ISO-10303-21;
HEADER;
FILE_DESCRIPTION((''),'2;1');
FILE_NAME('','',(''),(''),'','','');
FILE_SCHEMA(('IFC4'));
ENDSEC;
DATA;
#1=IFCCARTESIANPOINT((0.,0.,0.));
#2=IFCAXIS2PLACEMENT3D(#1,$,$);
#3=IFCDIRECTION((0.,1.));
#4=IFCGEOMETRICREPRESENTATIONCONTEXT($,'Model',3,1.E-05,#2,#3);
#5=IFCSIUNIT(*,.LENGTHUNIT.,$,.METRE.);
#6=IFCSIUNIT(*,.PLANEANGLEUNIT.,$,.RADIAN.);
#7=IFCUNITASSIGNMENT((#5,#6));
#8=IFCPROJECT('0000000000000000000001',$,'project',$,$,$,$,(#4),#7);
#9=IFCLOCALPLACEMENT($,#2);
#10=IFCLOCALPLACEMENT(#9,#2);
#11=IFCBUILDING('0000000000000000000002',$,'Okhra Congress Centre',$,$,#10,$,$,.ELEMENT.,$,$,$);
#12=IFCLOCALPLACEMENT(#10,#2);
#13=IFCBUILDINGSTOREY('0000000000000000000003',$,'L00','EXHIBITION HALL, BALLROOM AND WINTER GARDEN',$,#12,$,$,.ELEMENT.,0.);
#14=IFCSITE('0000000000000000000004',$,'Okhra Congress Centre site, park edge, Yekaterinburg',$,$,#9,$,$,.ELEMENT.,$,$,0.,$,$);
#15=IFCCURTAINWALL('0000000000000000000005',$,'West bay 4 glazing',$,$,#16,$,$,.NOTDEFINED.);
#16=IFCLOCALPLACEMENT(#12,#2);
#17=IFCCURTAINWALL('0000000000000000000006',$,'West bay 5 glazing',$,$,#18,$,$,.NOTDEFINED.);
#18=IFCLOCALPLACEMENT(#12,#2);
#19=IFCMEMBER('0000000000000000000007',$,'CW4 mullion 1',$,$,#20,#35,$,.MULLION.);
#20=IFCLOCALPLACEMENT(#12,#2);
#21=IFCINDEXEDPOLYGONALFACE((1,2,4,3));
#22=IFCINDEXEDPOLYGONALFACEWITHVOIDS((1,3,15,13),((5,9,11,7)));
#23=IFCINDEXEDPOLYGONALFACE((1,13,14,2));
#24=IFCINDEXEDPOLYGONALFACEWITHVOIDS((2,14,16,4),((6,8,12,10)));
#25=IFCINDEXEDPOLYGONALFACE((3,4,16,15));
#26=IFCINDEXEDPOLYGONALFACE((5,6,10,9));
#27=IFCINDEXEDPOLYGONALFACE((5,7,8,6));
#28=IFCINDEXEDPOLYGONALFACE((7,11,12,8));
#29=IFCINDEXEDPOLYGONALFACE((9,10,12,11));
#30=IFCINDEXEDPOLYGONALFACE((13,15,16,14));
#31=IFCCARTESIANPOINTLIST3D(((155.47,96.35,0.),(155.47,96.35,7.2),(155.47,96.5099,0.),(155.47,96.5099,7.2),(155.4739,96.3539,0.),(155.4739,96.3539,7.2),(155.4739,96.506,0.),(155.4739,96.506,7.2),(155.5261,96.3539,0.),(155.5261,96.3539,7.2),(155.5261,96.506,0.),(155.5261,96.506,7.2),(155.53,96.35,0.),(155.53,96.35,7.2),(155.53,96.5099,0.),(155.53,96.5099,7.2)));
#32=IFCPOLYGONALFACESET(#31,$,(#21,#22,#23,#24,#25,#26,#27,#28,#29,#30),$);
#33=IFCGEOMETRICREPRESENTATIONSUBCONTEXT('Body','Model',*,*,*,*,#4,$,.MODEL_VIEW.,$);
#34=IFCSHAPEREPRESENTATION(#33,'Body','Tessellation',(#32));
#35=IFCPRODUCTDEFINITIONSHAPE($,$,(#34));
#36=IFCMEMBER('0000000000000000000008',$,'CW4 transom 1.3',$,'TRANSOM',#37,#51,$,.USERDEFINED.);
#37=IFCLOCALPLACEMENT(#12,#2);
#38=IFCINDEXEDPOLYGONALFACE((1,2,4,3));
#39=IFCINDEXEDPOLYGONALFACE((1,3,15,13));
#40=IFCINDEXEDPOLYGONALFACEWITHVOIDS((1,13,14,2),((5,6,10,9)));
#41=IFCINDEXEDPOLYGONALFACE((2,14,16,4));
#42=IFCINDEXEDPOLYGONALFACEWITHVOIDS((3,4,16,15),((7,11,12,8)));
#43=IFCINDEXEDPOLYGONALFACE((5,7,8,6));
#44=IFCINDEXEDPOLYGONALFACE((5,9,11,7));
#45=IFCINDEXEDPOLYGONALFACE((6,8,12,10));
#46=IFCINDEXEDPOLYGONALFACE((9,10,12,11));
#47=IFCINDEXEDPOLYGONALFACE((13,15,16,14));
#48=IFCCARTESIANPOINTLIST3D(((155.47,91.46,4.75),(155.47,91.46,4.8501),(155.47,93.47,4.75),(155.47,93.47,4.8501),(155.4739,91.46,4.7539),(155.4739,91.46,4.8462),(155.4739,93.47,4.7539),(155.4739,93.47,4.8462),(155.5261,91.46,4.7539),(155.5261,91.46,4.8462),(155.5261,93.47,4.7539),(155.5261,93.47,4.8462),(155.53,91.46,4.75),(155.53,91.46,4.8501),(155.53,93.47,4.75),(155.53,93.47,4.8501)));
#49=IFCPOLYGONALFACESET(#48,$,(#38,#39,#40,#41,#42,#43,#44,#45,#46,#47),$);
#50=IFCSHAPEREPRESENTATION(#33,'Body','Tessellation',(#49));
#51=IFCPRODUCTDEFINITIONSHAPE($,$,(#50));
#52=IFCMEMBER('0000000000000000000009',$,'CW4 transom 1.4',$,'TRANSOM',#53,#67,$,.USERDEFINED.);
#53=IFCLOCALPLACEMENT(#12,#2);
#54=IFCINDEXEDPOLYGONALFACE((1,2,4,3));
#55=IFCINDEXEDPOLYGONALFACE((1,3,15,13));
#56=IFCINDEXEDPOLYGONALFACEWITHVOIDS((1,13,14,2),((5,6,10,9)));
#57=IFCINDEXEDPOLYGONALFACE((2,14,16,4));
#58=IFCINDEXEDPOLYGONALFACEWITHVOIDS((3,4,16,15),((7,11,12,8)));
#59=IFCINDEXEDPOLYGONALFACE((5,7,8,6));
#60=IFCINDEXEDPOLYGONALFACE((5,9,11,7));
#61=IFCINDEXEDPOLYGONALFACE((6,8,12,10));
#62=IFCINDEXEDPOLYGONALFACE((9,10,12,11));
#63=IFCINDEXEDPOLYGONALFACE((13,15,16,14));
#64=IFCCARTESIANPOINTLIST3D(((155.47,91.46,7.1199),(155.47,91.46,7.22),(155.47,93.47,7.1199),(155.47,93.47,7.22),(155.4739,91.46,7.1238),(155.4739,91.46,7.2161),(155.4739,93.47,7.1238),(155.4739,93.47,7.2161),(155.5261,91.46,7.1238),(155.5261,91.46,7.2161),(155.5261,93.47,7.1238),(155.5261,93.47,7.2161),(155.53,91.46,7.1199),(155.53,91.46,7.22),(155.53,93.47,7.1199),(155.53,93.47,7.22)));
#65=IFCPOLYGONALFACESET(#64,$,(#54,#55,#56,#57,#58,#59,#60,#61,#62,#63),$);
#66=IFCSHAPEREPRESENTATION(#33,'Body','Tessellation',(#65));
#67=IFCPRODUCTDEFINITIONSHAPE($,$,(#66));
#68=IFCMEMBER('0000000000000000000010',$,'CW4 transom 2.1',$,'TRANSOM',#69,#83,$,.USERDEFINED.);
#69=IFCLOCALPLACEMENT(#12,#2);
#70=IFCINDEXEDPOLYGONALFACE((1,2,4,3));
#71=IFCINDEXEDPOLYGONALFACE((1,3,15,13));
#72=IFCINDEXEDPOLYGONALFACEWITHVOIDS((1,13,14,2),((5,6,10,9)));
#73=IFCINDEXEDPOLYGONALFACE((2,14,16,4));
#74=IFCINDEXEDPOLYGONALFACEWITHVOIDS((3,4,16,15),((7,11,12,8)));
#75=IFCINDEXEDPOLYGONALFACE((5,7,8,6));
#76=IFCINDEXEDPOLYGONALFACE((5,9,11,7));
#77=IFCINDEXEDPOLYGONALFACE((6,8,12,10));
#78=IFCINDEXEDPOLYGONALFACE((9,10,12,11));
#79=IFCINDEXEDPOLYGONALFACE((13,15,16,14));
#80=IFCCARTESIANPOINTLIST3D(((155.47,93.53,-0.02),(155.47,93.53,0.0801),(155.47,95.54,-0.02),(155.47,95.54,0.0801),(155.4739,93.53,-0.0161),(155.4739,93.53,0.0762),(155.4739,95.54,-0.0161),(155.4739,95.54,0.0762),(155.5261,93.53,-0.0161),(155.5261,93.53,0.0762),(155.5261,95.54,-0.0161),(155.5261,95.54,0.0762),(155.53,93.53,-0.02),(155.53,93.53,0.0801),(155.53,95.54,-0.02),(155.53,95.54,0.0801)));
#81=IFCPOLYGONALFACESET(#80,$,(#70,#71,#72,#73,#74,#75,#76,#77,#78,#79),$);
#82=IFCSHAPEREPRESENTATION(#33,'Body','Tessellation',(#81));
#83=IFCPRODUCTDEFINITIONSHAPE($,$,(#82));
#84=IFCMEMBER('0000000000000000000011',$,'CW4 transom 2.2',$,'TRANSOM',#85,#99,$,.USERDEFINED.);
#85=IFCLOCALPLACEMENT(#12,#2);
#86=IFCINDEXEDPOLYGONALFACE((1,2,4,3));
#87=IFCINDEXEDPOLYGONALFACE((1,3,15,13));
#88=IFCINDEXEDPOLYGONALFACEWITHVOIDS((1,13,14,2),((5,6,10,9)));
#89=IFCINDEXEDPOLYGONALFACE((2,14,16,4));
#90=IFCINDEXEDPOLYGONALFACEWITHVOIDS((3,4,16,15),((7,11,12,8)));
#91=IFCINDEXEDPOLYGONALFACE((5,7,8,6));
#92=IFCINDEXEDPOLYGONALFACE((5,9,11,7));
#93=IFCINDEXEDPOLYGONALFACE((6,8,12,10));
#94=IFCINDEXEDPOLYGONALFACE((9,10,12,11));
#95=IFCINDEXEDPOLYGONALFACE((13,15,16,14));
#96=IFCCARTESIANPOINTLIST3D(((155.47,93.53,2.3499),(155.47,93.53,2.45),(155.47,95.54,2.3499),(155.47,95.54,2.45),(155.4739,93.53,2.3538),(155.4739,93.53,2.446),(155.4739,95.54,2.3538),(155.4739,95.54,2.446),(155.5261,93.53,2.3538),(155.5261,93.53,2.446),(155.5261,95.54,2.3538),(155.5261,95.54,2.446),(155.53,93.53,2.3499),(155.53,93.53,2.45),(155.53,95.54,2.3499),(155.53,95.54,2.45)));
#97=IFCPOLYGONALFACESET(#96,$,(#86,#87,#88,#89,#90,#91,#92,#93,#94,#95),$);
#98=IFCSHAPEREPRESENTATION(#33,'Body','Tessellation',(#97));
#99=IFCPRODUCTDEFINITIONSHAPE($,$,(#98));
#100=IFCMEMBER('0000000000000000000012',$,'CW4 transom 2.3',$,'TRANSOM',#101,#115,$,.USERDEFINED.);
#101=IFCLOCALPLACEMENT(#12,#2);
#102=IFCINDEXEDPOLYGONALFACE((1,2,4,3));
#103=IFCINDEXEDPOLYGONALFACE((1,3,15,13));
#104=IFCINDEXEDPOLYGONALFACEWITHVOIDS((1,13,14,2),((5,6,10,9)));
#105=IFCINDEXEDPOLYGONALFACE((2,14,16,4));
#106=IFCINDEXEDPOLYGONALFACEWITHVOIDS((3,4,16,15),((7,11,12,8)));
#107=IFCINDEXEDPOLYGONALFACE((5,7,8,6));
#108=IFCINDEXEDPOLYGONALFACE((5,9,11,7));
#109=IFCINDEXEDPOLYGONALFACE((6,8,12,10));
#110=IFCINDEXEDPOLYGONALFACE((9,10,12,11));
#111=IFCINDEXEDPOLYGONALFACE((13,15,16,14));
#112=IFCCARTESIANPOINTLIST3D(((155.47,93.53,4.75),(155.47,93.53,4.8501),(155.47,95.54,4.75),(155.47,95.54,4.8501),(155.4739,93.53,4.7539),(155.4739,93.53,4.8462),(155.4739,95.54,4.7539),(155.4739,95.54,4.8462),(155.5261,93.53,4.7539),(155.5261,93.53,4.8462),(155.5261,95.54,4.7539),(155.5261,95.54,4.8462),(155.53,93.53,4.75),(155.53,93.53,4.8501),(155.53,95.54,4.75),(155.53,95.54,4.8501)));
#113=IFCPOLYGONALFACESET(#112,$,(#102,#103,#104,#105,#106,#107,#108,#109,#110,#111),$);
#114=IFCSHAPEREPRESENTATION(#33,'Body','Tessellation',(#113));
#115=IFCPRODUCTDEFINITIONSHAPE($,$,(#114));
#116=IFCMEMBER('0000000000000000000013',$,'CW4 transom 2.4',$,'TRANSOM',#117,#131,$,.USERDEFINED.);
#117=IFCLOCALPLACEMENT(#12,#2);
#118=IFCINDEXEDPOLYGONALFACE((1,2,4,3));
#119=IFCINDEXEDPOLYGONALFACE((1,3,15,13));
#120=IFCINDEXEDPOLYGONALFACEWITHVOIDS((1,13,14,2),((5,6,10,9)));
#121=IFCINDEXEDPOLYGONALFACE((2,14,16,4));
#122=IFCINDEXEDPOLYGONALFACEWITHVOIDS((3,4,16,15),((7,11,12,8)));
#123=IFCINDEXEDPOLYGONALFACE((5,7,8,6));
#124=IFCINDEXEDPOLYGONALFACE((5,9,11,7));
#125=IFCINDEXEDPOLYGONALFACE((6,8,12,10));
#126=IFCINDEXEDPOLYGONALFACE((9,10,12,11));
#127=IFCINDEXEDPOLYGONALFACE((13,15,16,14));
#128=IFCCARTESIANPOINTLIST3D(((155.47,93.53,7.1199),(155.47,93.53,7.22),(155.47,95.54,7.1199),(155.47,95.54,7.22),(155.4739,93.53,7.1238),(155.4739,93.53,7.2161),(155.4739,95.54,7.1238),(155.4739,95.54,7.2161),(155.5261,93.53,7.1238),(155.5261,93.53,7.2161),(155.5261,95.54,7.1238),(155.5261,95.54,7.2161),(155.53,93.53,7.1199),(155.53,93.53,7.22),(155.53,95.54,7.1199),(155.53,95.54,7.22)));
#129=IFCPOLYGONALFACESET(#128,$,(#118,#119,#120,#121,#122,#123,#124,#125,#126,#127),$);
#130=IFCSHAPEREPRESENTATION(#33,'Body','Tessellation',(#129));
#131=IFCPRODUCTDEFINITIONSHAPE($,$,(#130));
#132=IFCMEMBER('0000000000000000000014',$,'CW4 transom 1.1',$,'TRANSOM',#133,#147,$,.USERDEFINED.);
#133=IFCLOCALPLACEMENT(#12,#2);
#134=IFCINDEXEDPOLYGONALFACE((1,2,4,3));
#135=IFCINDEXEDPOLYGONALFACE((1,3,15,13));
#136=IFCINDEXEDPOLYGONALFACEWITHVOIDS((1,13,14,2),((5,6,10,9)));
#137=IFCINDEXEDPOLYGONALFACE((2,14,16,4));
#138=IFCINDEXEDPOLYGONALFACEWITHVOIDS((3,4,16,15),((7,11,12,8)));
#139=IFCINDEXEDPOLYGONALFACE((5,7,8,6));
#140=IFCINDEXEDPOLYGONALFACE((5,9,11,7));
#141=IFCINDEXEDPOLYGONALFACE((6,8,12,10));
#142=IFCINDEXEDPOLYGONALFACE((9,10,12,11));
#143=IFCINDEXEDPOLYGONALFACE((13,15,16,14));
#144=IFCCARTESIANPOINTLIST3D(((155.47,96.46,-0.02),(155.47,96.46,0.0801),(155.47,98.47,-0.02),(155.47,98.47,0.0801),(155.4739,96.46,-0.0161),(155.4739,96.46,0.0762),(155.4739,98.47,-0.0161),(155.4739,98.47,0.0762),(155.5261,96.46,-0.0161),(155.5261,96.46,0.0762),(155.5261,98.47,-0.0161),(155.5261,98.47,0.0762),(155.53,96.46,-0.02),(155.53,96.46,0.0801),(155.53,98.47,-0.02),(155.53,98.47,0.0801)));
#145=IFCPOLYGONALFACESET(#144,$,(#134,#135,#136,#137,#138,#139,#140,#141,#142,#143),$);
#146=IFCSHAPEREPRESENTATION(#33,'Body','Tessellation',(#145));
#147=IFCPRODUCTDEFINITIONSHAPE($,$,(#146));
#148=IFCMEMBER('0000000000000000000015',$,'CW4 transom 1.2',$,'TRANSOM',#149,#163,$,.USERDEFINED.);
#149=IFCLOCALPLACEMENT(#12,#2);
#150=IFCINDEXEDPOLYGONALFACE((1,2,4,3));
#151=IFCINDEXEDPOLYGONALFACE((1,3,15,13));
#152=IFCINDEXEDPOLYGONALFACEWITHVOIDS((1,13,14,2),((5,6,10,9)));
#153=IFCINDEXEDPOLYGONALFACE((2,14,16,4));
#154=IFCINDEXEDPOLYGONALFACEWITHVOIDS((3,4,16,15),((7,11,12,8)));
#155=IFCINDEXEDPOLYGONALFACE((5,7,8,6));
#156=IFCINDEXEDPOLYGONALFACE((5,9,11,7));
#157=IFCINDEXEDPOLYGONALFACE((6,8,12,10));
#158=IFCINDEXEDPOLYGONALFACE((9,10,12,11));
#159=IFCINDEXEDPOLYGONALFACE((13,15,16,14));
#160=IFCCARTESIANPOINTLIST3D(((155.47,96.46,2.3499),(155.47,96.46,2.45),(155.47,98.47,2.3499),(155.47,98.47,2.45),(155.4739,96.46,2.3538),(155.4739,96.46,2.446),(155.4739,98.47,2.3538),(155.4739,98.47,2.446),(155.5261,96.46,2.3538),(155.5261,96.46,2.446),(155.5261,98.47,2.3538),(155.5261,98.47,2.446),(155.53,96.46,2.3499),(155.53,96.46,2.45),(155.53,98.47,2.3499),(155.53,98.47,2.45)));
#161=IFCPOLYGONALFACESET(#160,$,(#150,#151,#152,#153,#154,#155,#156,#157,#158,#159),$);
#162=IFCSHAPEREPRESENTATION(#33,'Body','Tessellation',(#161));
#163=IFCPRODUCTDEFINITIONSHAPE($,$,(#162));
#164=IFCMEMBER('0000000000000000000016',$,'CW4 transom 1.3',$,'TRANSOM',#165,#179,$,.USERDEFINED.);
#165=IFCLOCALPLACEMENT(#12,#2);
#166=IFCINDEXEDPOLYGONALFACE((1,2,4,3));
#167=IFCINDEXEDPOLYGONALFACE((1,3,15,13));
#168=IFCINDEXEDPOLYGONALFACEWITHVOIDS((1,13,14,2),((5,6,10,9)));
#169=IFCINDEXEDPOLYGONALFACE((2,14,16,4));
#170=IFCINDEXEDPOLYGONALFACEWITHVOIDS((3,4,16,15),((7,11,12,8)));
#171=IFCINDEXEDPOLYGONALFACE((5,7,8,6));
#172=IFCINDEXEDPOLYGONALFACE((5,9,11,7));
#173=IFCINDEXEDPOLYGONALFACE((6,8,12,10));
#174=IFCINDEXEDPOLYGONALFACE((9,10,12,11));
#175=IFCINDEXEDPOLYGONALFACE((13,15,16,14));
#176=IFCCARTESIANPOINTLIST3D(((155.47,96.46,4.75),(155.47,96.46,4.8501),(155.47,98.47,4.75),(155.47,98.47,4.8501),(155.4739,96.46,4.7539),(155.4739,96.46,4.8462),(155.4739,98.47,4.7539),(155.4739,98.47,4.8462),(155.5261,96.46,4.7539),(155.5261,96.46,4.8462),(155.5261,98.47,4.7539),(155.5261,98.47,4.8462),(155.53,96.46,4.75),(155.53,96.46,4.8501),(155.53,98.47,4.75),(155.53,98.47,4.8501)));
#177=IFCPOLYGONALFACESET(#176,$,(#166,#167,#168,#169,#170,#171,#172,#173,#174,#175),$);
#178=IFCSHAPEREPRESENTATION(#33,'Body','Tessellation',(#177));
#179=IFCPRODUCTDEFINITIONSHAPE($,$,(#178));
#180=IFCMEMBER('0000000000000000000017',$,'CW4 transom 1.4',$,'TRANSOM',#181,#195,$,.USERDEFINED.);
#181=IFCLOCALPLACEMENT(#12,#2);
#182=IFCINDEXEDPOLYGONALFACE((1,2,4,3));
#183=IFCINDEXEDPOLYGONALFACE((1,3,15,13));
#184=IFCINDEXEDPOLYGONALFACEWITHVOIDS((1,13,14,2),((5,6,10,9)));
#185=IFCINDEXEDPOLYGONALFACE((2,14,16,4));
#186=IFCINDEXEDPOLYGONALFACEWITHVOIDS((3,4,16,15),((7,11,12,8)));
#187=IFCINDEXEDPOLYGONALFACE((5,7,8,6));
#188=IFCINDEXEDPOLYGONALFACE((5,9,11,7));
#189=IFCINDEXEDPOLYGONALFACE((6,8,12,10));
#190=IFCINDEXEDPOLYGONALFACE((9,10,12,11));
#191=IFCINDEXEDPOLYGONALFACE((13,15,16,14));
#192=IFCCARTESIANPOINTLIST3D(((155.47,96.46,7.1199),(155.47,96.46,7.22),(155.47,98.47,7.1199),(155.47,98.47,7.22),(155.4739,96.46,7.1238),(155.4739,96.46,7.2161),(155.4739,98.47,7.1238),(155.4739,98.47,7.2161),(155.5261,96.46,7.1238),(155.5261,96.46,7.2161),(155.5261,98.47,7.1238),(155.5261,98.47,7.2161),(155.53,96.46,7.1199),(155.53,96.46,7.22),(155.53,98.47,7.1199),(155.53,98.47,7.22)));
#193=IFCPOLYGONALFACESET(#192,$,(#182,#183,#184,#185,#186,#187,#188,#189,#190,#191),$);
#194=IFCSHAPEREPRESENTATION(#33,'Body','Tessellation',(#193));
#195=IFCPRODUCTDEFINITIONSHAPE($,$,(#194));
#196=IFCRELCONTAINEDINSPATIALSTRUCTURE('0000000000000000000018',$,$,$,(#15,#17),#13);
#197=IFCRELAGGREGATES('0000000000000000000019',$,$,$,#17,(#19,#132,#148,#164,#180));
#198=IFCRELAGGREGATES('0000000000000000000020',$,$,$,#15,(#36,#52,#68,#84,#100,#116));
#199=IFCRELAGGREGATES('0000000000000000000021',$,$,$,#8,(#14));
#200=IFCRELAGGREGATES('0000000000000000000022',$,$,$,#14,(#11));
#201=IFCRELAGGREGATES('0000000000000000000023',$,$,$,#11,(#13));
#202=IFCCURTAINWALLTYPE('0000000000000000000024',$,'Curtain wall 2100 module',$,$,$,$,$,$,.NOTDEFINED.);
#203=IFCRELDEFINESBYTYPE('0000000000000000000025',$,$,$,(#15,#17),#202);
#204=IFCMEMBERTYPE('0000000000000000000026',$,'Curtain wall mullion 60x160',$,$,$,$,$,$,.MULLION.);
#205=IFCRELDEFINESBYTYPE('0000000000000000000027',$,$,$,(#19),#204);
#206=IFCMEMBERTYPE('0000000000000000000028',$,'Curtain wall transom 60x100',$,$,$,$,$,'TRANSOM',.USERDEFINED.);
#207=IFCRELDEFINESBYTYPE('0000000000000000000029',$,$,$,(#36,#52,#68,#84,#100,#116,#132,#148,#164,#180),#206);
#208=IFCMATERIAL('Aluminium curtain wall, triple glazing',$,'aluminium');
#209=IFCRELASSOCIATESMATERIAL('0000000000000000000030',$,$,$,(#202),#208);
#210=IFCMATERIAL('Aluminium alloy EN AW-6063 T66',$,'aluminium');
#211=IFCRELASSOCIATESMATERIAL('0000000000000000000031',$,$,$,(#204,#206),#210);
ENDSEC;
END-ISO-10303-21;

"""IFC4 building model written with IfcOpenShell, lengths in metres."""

from ifc_helpers import new_model, si_unit, direction, frame, origin, origin_2d, place, context, subcontext, project, spatial, hollow_rectangle, extrude, material, material_profile, profile_set, type_object, element, aggregate, save


model = new_model("IFC4")

# Units and contexts
model_context = context("Model", 3, precision=1e-05, world=origin(), true_north=direction((0.0, 1.0)))
body_context = subcontext(model_context, "Body", "Model", "MODEL_VIEW")
ifc_project = project(units=[si_unit("LENGTHUNIT", "METRE"), si_unit("PLANEANGLEUNIT", "RADIAN")], contexts=[model_context])

# Site, building, storey
site_placement = place(None, origin())
site = spatial("IfcSite", under=ifc_project, at=site_placement, Name="Okhra Congress Centre site, park edge, Yekaterinburg", CompositionType="ELEMENT", RefElevation=0.0)
building_placement = place(site_placement, origin())
building = spatial("IfcBuilding", under=site, at=building_placement, Name="Okhra Congress Centre", CompositionType="ELEMENT")
storey_placement = place(building_placement, origin())
storey = spatial("IfcBuildingStorey", under=building, at=storey_placement, Name="L00", Description="EXHIBITION HALL, BALLROOM AND WINTER GARDEN", CompositionType="ELEMENT", Elevation=0.0)

# Curtain wall
ifc_material_1 = material(Name="Aluminium curtain wall, triple glazing", Category="aluminium")
curtain_wall_type = type_object("IfcCurtainWallType", Name="Curtain wall 2100 module", PredefinedType="NOTDEFINED", material=ifc_material_1)
curtain_wall_1_placement = place(storey_placement, origin())
curtain_wall_1 = element("IfcCurtainWall", 1, at=curtain_wall_1_placement, inside=storey, type_object=curtain_wall_type, Name="West bay 4 glazing", PredefinedType="NOTDEFINED")
ifc_material_2 = material(Name="Aluminium alloy EN AW-6063 T66", Category="aluminium")
ifc_material_profile_1 = material_profile(ifc_material_2, hollow_rectangle(XDim=0.0601, YDim=0.1599, WallThickness=0.0039, at=origin_2d()), Name="RHS 60x160x4")
ifc_profile_set_1 = profile_set([ifc_material_profile_1], Name="Aluminium alloy EN AW-6063 T66")
member_type_1 = type_object("IfcMemberType", Name="Curtain wall mullion 60x160", PredefinedType="MULLION", material=ifc_profile_set_1)

# Curtain wall, member
curtain_wall_2_placement = place(storey_placement, origin())
curtain_wall_2 = element("IfcCurtainWall", 2, at=curtain_wall_2_placement, inside=storey, type_object=curtain_wall_type, Name="West bay 5 glazing", PredefinedType="NOTDEFINED")
member_1_placement = place(storey_placement, frame((155.5, 96.4299, 0.0), z_axis=(0.0, 0.0, 1.0), x_axis=(-1.0, 0.0, 0.0)))
member_1 = element("IfcMember", 3, at=member_1_placement, type_object=member_type_1, Name="CW4 mullion 1", PredefinedType="MULLION", context=body_context, shape_type="SweptSolid", body=[
    extrude(hollow_rectangle(XDim=0.0601, YDim=0.1599, WallThickness=0.0039, at=origin_2d()), origin(), (0.0, 0.0, 1.0), 7.2),
])

# Members
ifc_material_profile_2 = material_profile(ifc_material_2, hollow_rectangle(XDim=0.0601, YDim=0.1001, WallThickness=0.0039, at=origin_2d()), Name="RHS 60x100x4")
ifc_profile_set_2 = profile_set([ifc_material_profile_2], Name="Aluminium alloy EN AW-6063 T66")
member_type_2 = type_object("IfcMemberType", Name="Curtain wall transom 60x100", ElementType="TRANSOM", PredefinedType="USERDEFINED", material=ifc_profile_set_2)
member_2_placement = place(storey_placement, frame((155.5, 91.46, 4.8), z_axis=(0.0, 1.0, 0.0), x_axis=(-1.0, 0.0, 0.0)))
member_2 = element("IfcMember", 4, at=member_2_placement, type_object=member_type_2, Name="CW4 transom 1.3", ObjectType="TRANSOM", PredefinedType="USERDEFINED", context=body_context, shape_type="SweptSolid", body=[
    extrude(hollow_rectangle(XDim=0.0601, YDim=0.1001, WallThickness=0.0039, at=origin_2d()), origin(), (0.0, 0.0, 1.0), 2.01),
])
member_3_placement = place(storey_placement, frame((155.5, 91.46, 7.1699), z_axis=(0.0, 1.0, 0.0), x_axis=(-1.0, 0.0, 0.0)))
member_3 = element("IfcMember", 5, at=member_3_placement, type_object=member_type_2, Name="CW4 transom 1.4", ObjectType="TRANSOM", PredefinedType="USERDEFINED", context=body_context, shape_type="SweptSolid", body=[
    extrude(hollow_rectangle(XDim=0.0601, YDim=0.1001, WallThickness=0.0039, at=origin_2d()), origin(), (0.0, 0.0, 1.0), 2.01),
])
member_4_placement = place(storey_placement, frame((155.5, 93.53, 0.03), z_axis=(0.0, 1.0, 0.0), x_axis=(-1.0, 0.0, 0.0)))
member_4 = element("IfcMember", 6, at=member_4_placement, type_object=member_type_2, Name="CW4 transom 2.1", ObjectType="TRANSOM", PredefinedType="USERDEFINED", context=body_context, shape_type="SweptSolid", body=[
    extrude(hollow_rectangle(XDim=0.0601, YDim=0.1001, WallThickness=0.0039, at=origin_2d()), origin(), (0.0, 0.0, 1.0), 2.01),
])
member_5_placement = place(storey_placement, frame((155.5, 93.53, 2.3999), z_axis=(0.0, 1.0, 0.0), x_axis=(-1.0, 0.0, 0.0)))
member_5 = element("IfcMember", 7, at=member_5_placement, type_object=member_type_2, Name="CW4 transom 2.2", ObjectType="TRANSOM", PredefinedType="USERDEFINED", context=body_context, shape_type="SweptSolid", body=[
    extrude(hollow_rectangle(XDim=0.0601, YDim=0.1001, WallThickness=0.0039, at=origin_2d()), origin(), (0.0, 0.0, 1.0), 2.01),
])
member_6_placement = place(storey_placement, frame((155.5, 93.53, 4.8), z_axis=(0.0, 1.0, 0.0), x_axis=(-1.0, 0.0, 0.0)))
member_6 = element("IfcMember", 8, at=member_6_placement, type_object=member_type_2, Name="CW4 transom 2.3", ObjectType="TRANSOM", PredefinedType="USERDEFINED", context=body_context, shape_type="SweptSolid", body=[
    extrude(hollow_rectangle(XDim=0.0601, YDim=0.1001, WallThickness=0.0039, at=origin_2d()), origin(), (0.0, 0.0, 1.0), 2.01),
])
member_7_placement = place(storey_placement, frame((155.5, 93.53, 7.1699), z_axis=(0.0, 1.0, 0.0), x_axis=(-1.0, 0.0, 0.0)))
member_7 = element("IfcMember", 9, at=member_7_placement, type_object=member_type_2, Name="CW4 transom 2.4", ObjectType="TRANSOM", PredefinedType="USERDEFINED", context=body_context, shape_type="SweptSolid", body=[
    extrude(hollow_rectangle(XDim=0.0601, YDim=0.1001, WallThickness=0.0039, at=origin_2d()), origin(), (0.0, 0.0, 1.0), 2.01),
])
member_8_placement = place(storey_placement, frame((155.5, 96.46, 0.03), z_axis=(0.0, 1.0, 0.0), x_axis=(-1.0, 0.0, 0.0)))
member_8 = element("IfcMember", 10, at=member_8_placement, type_object=member_type_2, Name="CW4 transom 1.1", ObjectType="TRANSOM", PredefinedType="USERDEFINED", context=body_context, shape_type="SweptSolid", body=[
    extrude(hollow_rectangle(XDim=0.0601, YDim=0.1001, WallThickness=0.0039, at=origin_2d()), origin(), (0.0, 0.0, 1.0), 2.01),
])
member_9_placement = place(storey_placement, frame((155.5, 96.46, 2.3999), z_axis=(0.0, 1.0, 0.0), x_axis=(-1.0, 0.0, 0.0)))
member_9 = element("IfcMember", 11, at=member_9_placement, type_object=member_type_2, Name="CW4 transom 1.2", ObjectType="TRANSOM", PredefinedType="USERDEFINED", context=body_context, shape_type="SweptSolid", body=[
    extrude(hollow_rectangle(XDim=0.0601, YDim=0.1001, WallThickness=0.0039, at=origin_2d()), origin(), (0.0, 0.0, 1.0), 2.01),
])
member_10_placement = place(storey_placement, frame((155.5, 96.46, 4.8), z_axis=(0.0, 1.0, 0.0), x_axis=(-1.0, 0.0, 0.0)))
member_10 = element("IfcMember", 12, at=member_10_placement, type_object=member_type_2, Name="CW4 transom 1.3", ObjectType="TRANSOM", PredefinedType="USERDEFINED", context=body_context, shape_type="SweptSolid", body=[
    extrude(hollow_rectangle(XDim=0.0601, YDim=0.1001, WallThickness=0.0039, at=origin_2d()), origin(), (0.0, 0.0, 1.0), 2.01),
])
member_11_placement = place(storey_placement, frame((155.5, 96.46, 7.1699), z_axis=(0.0, 1.0, 0.0), x_axis=(-1.0, 0.0, 0.0)))
member_11 = element("IfcMember", 13, at=member_11_placement, type_object=member_type_2, Name="CW4 transom 1.4", ObjectType="TRANSOM", PredefinedType="USERDEFINED", context=body_context, shape_type="SweptSolid", body=[
    extrude(hollow_rectangle(XDim=0.0601, YDim=0.1001, WallThickness=0.0039, at=origin_2d()), origin(), (0.0, 0.0, 1.0), 2.01),
])
aggregate(curtain_wall_2, [member_1, member_8, member_9, member_10, member_11])

aggregate(curtain_wall_1, [member_2, member_3, member_4, member_5, member_6, member_7])

save(model, "model.ifc")
